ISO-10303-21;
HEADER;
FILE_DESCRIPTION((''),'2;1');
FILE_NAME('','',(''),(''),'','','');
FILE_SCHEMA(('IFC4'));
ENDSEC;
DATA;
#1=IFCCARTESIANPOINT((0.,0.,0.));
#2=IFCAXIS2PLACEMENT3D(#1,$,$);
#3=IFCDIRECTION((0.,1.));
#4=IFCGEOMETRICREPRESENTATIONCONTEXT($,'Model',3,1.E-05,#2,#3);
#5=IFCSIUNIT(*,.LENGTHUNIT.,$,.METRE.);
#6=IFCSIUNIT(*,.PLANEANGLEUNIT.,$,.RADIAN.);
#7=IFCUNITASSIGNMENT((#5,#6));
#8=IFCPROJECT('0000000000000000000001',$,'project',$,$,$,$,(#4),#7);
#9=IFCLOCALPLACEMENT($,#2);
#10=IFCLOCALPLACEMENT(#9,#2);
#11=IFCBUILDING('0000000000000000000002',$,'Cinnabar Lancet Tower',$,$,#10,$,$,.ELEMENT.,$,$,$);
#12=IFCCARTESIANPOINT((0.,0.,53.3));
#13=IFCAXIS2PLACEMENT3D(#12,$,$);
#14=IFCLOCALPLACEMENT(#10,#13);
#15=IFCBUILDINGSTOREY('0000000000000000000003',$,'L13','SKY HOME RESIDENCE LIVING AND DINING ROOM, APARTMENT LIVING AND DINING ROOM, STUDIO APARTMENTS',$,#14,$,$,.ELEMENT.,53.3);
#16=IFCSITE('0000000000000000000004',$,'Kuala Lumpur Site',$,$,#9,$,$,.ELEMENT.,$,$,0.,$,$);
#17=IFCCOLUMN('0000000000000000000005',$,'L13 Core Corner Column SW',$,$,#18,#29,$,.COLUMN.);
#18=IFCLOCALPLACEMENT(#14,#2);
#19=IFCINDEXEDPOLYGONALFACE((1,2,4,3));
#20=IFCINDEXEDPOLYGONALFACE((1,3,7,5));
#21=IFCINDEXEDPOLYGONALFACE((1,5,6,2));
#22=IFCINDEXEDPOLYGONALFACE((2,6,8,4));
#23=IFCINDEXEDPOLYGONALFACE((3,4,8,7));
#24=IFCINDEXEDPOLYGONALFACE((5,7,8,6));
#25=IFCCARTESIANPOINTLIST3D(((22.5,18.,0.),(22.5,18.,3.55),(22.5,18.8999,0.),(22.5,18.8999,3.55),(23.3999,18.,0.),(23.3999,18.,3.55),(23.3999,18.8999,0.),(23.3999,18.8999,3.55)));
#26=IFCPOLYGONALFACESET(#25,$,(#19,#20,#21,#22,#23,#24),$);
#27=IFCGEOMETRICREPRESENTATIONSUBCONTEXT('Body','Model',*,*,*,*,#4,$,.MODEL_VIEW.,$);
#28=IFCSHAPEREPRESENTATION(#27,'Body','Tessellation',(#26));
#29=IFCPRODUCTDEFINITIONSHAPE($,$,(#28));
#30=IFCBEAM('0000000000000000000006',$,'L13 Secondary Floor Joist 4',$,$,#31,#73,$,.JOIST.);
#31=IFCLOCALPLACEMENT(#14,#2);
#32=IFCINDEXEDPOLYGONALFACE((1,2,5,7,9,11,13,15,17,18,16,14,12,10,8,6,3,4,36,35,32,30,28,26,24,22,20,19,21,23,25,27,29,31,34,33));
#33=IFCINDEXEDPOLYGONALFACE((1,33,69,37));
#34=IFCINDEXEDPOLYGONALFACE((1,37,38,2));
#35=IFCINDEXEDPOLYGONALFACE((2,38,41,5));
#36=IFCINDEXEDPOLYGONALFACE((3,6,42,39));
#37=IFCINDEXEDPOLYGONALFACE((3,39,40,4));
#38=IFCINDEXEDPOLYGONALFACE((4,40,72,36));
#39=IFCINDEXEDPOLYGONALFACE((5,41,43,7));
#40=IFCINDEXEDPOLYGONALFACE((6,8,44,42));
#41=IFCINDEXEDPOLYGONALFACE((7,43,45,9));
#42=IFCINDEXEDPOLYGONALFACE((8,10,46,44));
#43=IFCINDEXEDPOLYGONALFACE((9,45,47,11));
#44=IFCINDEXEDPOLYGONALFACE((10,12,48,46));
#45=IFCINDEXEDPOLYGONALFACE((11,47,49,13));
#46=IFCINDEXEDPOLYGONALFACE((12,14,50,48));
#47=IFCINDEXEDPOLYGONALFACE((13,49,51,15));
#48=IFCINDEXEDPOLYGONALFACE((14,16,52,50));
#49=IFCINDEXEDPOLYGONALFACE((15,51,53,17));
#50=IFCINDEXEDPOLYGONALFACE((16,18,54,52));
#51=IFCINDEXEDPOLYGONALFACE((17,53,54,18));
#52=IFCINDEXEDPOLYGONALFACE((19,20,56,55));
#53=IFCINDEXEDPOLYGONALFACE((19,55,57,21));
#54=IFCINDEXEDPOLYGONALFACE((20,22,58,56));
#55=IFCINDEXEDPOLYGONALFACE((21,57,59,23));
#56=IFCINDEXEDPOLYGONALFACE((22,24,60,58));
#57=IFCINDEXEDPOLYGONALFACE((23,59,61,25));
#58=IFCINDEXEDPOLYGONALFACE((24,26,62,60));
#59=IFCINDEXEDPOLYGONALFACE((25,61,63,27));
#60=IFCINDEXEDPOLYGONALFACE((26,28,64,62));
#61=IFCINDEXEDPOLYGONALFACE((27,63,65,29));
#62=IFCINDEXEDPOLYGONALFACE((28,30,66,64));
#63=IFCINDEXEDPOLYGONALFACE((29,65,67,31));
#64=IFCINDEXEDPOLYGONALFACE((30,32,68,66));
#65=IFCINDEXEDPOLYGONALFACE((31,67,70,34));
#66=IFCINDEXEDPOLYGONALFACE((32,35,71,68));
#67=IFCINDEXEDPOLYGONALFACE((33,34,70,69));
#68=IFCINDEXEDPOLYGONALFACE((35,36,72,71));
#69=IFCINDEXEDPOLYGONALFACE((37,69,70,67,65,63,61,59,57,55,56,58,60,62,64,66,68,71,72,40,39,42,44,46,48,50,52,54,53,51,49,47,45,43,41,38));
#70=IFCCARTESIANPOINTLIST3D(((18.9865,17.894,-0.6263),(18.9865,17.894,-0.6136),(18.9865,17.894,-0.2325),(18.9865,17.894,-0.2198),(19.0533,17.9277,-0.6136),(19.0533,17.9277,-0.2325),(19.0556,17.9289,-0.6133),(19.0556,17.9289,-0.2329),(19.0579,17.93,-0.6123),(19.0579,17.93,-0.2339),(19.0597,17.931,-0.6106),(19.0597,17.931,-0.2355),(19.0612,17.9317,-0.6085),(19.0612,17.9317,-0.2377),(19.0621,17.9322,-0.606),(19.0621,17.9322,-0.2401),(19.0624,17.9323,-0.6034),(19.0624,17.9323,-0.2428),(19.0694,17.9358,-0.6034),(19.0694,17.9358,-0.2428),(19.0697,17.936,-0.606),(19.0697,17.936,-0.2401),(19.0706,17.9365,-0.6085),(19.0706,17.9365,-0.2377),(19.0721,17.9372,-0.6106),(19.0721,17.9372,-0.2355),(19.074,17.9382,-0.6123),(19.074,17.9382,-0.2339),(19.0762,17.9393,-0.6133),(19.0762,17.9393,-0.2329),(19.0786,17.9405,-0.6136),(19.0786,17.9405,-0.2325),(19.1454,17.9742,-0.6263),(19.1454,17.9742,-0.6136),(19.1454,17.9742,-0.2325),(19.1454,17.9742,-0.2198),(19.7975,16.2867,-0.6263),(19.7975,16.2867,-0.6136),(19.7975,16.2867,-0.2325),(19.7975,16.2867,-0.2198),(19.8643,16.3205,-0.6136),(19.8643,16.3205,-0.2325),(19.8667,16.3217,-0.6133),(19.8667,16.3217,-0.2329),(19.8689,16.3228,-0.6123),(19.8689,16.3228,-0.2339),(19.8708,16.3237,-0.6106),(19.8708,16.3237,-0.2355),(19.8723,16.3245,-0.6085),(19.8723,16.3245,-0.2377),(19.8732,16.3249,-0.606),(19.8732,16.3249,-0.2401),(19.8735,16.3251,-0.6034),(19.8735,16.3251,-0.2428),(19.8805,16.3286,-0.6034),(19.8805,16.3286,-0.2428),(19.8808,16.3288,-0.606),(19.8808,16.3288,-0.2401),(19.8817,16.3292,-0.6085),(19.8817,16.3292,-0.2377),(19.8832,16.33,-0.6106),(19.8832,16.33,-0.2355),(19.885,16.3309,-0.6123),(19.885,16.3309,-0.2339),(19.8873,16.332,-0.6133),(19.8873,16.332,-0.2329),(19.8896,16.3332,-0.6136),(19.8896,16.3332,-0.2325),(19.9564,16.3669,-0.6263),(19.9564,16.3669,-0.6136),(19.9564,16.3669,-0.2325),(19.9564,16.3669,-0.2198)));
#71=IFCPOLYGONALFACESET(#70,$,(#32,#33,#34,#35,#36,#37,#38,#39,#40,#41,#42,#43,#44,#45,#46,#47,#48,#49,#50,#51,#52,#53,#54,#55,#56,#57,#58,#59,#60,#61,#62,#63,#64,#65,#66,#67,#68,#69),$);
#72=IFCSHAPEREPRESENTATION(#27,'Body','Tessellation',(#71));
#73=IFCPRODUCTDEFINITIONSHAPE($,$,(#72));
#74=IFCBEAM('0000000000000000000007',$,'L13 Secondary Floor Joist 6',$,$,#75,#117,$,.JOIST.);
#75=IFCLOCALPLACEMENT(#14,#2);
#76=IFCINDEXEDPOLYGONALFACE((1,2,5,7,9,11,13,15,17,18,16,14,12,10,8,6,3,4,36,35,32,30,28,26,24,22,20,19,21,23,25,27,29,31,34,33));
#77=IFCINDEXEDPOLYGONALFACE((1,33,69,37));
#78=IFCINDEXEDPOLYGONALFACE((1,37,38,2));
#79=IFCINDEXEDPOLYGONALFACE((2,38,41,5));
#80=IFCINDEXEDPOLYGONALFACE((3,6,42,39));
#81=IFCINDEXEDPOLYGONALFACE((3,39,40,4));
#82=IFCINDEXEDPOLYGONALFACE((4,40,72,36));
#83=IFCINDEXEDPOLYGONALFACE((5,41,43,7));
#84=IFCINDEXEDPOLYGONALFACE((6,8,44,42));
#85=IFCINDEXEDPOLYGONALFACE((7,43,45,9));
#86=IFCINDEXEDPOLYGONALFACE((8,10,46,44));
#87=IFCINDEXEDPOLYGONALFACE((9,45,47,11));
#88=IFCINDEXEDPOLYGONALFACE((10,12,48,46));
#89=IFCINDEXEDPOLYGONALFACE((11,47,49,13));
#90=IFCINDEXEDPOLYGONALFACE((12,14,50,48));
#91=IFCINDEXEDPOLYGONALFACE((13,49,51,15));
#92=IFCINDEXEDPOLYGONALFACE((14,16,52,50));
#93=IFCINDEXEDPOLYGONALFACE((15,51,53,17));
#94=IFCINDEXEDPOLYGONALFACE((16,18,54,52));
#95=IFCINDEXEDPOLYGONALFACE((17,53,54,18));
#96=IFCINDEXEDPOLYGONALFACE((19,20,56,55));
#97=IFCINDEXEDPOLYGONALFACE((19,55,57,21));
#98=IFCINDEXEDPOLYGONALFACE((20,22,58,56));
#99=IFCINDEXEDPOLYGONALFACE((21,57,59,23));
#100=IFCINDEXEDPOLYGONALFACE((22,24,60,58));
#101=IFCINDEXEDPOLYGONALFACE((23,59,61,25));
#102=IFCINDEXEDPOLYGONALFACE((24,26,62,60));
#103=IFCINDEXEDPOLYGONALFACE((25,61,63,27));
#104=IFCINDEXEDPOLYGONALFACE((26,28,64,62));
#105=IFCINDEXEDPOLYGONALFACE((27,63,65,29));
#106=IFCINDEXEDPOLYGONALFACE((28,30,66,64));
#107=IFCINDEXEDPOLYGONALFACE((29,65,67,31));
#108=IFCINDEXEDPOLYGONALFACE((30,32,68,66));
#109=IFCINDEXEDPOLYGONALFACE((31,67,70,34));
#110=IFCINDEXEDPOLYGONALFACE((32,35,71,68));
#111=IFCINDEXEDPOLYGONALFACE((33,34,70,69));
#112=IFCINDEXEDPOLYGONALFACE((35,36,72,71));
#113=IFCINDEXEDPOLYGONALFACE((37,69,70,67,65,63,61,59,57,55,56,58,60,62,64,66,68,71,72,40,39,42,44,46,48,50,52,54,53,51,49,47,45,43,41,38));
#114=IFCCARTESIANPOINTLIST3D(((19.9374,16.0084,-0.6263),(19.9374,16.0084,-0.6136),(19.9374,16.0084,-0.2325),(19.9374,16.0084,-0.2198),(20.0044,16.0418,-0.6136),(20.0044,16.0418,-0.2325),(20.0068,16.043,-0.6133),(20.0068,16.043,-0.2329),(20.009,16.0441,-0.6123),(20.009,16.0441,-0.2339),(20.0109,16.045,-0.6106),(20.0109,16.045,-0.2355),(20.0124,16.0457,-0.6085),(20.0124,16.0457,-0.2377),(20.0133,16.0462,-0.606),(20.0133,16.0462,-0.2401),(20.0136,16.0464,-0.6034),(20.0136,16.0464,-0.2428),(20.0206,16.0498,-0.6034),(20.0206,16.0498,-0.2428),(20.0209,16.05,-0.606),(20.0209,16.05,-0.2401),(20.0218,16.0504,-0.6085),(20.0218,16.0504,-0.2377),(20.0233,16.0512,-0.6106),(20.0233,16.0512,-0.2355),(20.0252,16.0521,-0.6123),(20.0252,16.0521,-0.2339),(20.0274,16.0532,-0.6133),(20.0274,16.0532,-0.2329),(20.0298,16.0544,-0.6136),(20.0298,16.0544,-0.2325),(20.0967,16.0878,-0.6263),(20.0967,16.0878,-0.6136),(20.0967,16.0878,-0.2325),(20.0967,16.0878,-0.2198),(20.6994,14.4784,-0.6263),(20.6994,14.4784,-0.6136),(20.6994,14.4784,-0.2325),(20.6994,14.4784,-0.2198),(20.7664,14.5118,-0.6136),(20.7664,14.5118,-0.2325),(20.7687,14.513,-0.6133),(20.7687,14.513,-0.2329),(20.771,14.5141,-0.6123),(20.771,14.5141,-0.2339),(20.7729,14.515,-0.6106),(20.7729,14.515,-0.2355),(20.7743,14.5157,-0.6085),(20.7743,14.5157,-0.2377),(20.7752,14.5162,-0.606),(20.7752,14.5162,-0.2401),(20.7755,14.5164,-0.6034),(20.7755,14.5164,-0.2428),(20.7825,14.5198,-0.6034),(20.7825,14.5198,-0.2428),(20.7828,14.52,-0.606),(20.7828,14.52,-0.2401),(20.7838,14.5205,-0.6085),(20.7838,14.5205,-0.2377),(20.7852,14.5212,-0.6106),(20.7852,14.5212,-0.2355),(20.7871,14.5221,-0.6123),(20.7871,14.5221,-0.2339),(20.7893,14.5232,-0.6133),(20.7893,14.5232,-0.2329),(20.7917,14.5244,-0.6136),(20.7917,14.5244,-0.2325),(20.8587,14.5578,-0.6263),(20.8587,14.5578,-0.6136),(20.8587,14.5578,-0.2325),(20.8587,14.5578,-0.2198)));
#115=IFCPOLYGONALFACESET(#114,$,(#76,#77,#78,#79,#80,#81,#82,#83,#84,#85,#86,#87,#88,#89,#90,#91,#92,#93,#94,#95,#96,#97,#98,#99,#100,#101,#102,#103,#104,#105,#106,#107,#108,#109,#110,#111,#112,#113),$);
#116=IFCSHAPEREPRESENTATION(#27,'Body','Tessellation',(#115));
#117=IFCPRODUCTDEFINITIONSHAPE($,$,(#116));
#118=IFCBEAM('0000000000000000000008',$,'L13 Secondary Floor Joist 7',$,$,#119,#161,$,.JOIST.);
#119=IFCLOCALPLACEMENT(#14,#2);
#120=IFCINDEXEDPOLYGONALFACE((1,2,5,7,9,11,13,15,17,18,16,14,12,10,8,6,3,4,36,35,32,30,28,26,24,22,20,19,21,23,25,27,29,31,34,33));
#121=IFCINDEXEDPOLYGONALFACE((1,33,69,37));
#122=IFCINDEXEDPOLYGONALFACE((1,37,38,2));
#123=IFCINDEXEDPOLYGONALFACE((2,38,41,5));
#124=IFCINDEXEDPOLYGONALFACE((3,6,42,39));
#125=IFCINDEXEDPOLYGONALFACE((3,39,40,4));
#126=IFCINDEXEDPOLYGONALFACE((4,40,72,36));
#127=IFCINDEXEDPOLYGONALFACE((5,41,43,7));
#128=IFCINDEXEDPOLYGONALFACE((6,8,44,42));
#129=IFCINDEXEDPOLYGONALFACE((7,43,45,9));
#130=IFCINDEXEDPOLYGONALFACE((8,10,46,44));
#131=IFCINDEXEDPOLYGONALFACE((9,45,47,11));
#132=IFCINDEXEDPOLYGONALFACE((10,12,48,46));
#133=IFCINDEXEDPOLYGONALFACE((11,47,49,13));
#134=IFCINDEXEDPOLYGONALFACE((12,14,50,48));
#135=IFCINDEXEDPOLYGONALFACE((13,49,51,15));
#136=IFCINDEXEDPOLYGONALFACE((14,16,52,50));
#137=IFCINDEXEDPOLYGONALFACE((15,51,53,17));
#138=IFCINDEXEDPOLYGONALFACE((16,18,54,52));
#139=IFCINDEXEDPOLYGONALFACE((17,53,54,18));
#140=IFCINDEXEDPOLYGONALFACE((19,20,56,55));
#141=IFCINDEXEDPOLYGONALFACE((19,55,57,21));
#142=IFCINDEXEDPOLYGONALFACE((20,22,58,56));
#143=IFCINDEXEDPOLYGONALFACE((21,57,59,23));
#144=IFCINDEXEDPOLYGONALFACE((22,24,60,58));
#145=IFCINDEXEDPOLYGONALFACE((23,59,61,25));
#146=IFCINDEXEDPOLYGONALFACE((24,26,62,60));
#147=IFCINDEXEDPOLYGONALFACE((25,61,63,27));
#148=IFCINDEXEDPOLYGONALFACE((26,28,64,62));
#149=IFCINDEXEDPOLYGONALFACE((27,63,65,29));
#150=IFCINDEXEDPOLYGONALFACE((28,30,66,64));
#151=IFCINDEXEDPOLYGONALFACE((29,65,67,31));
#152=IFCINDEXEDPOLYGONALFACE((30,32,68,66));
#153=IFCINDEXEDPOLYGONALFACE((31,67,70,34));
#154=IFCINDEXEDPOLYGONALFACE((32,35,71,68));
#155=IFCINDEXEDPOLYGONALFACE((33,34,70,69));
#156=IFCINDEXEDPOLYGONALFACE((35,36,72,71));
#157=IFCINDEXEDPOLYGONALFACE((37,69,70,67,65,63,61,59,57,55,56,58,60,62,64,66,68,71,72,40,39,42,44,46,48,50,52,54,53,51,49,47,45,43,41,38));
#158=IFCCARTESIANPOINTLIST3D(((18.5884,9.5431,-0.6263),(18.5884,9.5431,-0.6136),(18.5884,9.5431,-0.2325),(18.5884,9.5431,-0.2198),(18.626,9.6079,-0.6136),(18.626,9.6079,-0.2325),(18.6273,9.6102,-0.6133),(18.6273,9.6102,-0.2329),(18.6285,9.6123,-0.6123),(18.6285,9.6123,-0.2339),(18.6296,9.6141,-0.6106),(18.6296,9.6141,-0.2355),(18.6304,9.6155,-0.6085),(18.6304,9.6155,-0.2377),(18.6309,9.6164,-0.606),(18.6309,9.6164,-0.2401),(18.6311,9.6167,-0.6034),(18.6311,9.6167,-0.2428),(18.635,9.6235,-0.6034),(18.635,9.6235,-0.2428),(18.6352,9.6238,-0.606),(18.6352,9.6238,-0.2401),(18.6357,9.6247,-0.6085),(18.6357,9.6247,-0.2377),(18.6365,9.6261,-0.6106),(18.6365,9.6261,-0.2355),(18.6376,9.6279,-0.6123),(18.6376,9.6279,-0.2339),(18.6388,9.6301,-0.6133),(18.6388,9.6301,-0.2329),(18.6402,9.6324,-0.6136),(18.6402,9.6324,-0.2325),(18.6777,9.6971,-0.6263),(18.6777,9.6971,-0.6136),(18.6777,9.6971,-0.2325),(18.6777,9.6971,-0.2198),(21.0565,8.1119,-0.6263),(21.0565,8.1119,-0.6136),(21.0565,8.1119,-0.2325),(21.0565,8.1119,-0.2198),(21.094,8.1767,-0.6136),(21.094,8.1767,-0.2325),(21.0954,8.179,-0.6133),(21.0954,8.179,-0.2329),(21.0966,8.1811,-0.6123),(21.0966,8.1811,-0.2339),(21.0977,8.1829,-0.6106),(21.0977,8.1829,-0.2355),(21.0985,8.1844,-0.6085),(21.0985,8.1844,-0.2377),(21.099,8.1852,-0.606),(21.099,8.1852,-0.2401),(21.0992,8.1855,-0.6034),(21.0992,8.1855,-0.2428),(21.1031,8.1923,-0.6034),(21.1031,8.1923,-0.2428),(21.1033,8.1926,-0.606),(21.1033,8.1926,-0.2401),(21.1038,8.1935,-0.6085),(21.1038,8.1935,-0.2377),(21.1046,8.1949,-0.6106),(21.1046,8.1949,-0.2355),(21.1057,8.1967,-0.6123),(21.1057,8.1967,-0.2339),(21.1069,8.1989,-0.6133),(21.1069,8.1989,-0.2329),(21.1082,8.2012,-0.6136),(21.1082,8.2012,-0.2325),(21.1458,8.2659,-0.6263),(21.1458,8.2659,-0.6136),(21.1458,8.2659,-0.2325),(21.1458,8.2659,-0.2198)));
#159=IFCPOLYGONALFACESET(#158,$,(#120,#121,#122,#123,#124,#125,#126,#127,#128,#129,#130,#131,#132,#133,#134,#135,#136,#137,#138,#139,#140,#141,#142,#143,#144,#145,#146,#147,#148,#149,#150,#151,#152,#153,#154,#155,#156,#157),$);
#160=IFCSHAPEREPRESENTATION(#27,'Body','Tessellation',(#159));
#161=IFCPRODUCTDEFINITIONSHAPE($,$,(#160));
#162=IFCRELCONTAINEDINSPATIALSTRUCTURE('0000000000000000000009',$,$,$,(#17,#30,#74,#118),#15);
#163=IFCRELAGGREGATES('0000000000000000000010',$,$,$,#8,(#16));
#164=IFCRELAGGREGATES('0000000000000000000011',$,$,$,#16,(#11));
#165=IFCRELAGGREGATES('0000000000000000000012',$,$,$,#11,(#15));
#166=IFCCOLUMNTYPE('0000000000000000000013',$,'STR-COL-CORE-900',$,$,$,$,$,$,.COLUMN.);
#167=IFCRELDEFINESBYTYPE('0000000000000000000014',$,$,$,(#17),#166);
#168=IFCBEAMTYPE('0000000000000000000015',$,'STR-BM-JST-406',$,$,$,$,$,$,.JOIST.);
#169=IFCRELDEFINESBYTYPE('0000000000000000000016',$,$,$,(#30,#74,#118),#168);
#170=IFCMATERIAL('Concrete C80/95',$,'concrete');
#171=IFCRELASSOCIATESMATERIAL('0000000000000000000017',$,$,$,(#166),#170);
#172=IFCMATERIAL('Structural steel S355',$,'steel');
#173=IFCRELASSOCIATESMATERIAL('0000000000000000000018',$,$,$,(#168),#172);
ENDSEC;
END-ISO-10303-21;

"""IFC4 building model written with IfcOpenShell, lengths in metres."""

from ifc_helpers import new_model, si_unit, direction, frame, origin, origin_2d, place, context, subcontext, project, spatial, rectangle, i_section, extrude, material, material_profile, profile_set, type_object, element, save


model = new_model("IFC4")

# Units and contexts
model_context = context("Model", 3, precision=1e-05, world=origin(), true_north=direction((0.0, 1.0)))
body_context = subcontext(model_context, "Body", "Model", "MODEL_VIEW")
ifc_project = project(units=[si_unit("LENGTHUNIT", "METRE"), si_unit("PLANEANGLEUNIT", "RADIAN")], contexts=[model_context])

# Site, building, storey
site_placement = place(None, origin())
site = spatial("IfcSite", under=ifc_project, at=site_placement, Name="Kuala Lumpur Site", CompositionType="ELEMENT", RefElevation=0.0)
building_placement = place(site_placement, origin())
building = spatial("IfcBuilding", under=site, at=building_placement, Name="Cinnabar Lancet Tower", CompositionType="ELEMENT")
storey_placement = place(building_placement, frame((0.0, 0.0, 53.3)))
storey = spatial("IfcBuildingStorey", under=building, at=storey_placement, Name="L13", Description="SKY HOME RESIDENCE LIVING AND DINING ROOM, APARTMENT LIVING AND DINING ROOM, STUDIO APARTMENTS", CompositionType="ELEMENT", Elevation=53.3)

# Column
ifc_material_1 = material(Name="Concrete C80/95", Category="concrete")
ifc_material_profile_1 = material_profile(ifc_material_1, rectangle(XDim=0.8999, YDim=0.8999, at=origin_2d()), Name="RC-COL 900x900")
ifc_profile_set_1 = profile_set([ifc_material_profile_1], Name="Concrete C80/95")
column_type = type_object("IfcColumnType", Name="STR-COL-CORE-900", PredefinedType="COLUMN", material=ifc_profile_set_1)
column_placement = place(storey_placement, frame((22.95, 18.45, 0.0), z_axis=(0.0, 0.0, 1.0), x_axis=(1.0, 0.0, 0.0)))
element("IfcColumn", 1, at=column_placement, inside=storey, type_object=column_type, Name="L13 Core Corner Column SW", PredefinedType="COLUMN", context=body_context, shape_type="SweptSolid", body=[
    extrude(rectangle(XDim=0.8999, YDim=0.8999, at=origin_2d()), origin(), (0.0, 0.0, 1.0), 3.55),
])

# Beams
ifc_material_2 = material(Name="Structural steel S355", Category="steel")
ifc_material_profile_2 = material_profile(ifc_material_2, i_section(OverallWidth=0.178, OverallDepth=0.4065, WebThickness=0.0078, FlangeThickness=0.0127, FilletRadius=0.0103, at=origin_2d()), Name="UKB 406x178x60")
ifc_profile_set_2 = profile_set([ifc_material_profile_2], Name="Structural steel S355")
beam_type = type_object("IfcBeamType", Name="STR-BM-JST-406", PredefinedType="JOIST", material=ifc_profile_set_2)
beam_1_placement = place(storey_placement, frame((19.0659, 17.9341, -0.4231), z_axis=(0.45052, -0.892767, 0.0), x_axis=(0.892767, 0.45052, 0.0)))
element("IfcBeam", 2, at=beam_1_placement, inside=storey, type_object=beam_type, Name="L13 Secondary Floor Joist 4", PredefinedType="JOIST", context=body_context, shape_type="SweptSolid", body=[
    extrude(i_section(OverallWidth=0.178, OverallDepth=0.4065, WebThickness=0.0078, FlangeThickness=0.0127, FilletRadius=0.0103, at=origin_2d()), origin(), (0.0, 0.0, 1.0), 1.8003),
])
beam_2_placement = place(storey_placement, frame((20.0171, 16.0481, -0.4231), z_axis=(0.445785, -0.89514, 0.0), x_axis=(0.89514, 0.445785, 0.0)))
element("IfcBeam", 3, at=beam_2_placement, inside=storey, type_object=beam_type, Name="L13 Secondary Floor Joist 6", PredefinedType="JOIST", context=body_context, shape_type="SweptSolid", body=[
    extrude(i_section(OverallWidth=0.178, OverallDepth=0.4065, WebThickness=0.0078, FlangeThickness=0.0127, FilletRadius=0.0103, at=origin_2d()), origin(), (0.0, 0.0, 1.0), 1.7092),
])
beam_3_placement = place(storey_placement, frame((18.6331, 9.6201, -0.4231), z_axis=(0.865076, -0.50164, 0.0), x_axis=(0.50164, 0.865076, 0.0)))
element("IfcBeam", 4, at=beam_3_placement, inside=storey, type_object=beam_type, Name="L13 Secondary Floor Joist 7", PredefinedType="JOIST", context=body_context, shape_type="SweptSolid", body=[
    extrude(i_section(OverallWidth=0.178, OverallDepth=0.4065, WebThickness=0.0078, FlangeThickness=0.0127, FilletRadius=0.0103, at=origin_2d()), origin(), (0.0, 0.0, 1.0), 2.853),
])

save(model, "model.ifc")
